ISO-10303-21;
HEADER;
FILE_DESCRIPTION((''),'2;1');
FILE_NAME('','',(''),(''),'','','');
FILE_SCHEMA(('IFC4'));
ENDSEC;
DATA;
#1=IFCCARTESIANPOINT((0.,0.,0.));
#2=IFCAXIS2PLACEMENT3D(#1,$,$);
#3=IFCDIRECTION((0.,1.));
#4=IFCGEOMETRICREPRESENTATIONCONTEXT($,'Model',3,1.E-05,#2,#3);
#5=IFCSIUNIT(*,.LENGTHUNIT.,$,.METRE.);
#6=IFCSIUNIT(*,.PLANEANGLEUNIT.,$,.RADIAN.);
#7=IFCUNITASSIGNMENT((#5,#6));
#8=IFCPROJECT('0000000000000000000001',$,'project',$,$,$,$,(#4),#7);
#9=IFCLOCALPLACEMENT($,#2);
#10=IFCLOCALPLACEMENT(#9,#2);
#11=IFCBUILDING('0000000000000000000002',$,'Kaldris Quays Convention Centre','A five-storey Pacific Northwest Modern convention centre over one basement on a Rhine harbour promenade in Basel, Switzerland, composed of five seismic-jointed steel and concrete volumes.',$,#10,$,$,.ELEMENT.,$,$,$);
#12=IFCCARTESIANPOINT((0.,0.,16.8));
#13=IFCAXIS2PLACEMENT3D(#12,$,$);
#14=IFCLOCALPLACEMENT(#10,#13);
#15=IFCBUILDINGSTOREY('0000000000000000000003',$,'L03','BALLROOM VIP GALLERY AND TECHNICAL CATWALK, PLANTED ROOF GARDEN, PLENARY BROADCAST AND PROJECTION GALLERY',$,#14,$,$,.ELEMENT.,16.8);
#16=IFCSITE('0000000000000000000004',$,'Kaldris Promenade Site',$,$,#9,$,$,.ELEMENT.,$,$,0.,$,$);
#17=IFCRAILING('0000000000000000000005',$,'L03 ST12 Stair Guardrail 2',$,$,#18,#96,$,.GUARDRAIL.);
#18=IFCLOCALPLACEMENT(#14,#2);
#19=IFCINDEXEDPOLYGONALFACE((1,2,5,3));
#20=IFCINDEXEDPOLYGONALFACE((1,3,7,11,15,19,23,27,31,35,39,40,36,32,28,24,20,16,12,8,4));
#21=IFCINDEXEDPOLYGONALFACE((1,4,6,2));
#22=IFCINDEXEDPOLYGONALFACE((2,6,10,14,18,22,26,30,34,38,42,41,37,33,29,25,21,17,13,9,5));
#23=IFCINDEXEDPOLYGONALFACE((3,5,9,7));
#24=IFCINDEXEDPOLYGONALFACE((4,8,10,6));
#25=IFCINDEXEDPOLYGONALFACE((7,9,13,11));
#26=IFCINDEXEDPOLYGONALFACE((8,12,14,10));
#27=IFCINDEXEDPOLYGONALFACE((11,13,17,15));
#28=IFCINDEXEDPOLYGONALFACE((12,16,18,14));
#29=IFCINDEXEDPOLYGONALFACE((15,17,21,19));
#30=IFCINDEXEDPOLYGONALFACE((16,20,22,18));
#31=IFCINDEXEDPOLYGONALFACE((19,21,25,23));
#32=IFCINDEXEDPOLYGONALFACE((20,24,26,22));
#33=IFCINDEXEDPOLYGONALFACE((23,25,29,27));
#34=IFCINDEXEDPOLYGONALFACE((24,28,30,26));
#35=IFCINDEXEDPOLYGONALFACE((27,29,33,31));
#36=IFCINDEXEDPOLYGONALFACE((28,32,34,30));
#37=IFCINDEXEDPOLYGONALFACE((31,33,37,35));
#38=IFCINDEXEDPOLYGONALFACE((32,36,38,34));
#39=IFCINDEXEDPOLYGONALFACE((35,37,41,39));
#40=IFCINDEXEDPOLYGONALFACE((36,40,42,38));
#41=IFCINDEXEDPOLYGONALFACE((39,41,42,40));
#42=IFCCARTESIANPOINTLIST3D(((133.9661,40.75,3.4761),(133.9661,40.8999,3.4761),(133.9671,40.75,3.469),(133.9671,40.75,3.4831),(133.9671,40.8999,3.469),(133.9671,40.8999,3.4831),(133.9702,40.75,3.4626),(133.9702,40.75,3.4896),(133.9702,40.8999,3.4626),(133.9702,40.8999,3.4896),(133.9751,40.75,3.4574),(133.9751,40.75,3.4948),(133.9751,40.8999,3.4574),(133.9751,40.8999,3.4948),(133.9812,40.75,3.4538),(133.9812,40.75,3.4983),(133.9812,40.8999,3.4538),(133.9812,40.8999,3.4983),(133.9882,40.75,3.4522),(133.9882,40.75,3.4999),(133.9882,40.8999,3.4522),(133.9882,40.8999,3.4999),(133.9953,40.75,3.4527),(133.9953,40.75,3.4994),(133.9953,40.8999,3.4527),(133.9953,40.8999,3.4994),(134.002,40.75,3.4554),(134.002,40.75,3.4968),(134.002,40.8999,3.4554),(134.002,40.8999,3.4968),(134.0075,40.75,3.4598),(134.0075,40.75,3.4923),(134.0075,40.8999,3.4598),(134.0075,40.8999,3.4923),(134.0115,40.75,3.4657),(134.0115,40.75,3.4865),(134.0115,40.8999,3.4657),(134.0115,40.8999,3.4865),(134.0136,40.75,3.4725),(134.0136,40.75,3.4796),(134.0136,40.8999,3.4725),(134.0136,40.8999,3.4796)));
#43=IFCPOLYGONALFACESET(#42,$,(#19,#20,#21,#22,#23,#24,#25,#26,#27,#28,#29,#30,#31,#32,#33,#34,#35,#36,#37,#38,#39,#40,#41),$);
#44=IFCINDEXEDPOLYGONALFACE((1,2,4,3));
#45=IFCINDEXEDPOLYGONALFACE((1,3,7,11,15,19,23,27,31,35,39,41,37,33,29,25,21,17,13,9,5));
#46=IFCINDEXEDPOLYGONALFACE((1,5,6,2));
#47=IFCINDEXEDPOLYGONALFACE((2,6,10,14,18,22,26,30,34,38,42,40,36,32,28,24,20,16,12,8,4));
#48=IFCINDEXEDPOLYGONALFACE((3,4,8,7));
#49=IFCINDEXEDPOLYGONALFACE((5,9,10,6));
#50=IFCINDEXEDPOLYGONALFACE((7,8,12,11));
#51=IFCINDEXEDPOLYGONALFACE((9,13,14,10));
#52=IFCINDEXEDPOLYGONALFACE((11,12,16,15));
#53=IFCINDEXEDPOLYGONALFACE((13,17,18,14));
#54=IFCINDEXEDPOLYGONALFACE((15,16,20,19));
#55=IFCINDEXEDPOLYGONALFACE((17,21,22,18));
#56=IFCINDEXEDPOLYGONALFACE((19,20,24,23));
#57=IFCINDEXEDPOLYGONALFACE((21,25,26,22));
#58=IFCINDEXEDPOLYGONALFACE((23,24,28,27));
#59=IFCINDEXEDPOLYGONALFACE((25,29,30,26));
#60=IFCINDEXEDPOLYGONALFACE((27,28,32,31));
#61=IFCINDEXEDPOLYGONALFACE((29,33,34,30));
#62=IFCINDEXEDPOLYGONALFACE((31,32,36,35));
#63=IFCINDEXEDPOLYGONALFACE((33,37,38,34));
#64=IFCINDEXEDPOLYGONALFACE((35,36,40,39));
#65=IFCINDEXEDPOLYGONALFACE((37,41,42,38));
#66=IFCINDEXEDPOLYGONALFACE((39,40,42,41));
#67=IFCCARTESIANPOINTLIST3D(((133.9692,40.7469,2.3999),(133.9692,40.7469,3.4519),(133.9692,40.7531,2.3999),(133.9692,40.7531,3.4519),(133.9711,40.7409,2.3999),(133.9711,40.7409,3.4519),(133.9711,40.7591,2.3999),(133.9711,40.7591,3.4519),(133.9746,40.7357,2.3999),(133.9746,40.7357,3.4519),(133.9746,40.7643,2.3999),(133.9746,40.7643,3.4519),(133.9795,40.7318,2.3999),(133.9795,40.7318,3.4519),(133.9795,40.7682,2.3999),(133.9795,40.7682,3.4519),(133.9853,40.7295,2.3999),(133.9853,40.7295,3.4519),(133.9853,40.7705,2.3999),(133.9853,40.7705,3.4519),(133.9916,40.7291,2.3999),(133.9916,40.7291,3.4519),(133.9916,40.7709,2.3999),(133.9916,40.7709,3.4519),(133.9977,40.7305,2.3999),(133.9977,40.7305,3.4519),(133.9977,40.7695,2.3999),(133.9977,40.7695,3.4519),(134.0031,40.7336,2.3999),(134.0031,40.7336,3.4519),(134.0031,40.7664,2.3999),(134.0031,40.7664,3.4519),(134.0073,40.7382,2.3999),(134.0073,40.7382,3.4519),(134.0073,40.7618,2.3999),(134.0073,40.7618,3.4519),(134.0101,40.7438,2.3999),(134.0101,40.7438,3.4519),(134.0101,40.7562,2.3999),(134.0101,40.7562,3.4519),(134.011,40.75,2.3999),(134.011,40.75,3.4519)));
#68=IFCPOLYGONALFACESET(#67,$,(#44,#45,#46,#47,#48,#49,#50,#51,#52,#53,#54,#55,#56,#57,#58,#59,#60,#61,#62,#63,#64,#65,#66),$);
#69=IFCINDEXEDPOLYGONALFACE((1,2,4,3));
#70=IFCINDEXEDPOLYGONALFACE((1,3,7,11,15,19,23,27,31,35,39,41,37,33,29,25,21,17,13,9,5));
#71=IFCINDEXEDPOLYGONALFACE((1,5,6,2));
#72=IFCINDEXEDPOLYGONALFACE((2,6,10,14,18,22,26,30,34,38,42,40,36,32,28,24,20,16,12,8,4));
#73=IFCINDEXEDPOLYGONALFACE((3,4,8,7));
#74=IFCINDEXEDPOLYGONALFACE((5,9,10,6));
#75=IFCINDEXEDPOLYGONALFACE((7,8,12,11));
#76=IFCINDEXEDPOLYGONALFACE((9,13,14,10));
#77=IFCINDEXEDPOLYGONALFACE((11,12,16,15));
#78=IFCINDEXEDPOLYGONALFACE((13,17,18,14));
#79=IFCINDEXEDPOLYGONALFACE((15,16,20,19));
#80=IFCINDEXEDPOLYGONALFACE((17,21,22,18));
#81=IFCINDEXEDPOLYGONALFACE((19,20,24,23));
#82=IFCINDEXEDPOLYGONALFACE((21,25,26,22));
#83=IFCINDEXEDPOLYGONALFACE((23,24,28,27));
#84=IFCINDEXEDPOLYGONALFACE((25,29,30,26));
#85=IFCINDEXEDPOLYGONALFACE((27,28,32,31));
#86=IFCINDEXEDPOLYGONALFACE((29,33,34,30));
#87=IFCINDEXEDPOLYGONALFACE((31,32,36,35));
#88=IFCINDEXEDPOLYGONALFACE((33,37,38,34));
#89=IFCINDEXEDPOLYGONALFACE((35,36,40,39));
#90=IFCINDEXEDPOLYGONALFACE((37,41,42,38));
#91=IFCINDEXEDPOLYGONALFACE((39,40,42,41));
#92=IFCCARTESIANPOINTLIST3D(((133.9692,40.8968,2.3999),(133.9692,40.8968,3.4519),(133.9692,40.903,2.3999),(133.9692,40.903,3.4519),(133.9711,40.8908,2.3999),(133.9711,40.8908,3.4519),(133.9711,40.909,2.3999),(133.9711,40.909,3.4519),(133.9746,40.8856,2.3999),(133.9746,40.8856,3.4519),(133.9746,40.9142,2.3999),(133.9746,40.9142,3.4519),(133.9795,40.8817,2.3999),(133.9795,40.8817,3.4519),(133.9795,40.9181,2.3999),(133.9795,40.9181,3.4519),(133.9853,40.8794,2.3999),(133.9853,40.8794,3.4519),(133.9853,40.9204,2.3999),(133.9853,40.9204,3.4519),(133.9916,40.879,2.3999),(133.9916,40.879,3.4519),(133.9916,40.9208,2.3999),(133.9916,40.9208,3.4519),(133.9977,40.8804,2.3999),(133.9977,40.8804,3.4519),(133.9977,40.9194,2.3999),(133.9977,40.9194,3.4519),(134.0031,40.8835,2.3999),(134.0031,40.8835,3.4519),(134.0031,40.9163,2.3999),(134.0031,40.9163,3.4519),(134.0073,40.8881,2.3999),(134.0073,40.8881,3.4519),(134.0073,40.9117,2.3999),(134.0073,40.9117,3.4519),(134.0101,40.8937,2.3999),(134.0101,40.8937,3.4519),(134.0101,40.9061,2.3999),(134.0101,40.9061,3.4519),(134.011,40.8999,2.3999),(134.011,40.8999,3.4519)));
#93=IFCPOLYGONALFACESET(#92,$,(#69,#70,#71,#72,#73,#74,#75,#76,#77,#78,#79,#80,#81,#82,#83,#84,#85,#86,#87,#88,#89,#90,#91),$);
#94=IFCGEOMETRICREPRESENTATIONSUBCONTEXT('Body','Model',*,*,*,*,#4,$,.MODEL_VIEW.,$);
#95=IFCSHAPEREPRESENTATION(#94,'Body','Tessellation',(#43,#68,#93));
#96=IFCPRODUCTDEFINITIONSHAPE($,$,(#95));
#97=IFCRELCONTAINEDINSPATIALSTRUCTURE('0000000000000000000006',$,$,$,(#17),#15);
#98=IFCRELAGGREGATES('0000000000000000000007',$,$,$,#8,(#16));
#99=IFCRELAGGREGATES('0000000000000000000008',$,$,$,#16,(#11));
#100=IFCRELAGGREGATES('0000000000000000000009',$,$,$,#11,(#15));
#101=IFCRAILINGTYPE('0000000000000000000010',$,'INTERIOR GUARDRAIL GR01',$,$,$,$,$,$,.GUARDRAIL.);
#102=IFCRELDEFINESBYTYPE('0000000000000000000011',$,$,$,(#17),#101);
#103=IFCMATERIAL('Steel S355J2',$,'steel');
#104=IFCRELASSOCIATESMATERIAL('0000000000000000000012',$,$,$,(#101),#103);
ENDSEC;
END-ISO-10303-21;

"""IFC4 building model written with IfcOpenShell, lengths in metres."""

from ifc_helpers import new_model, si_unit, direction, frame, origin, origin_2d, place, context, subcontext, project, spatial, circle, extrude, material, type_object, element, save


model = new_model("IFC4")

# Units and contexts
model_context = context("Model", 3, precision=1e-05, world=origin(), true_north=direction((0.0, 1.0)))
body_context = subcontext(model_context, "Body", "Model", "MODEL_VIEW")
ifc_project = project(units=[si_unit("LENGTHUNIT", "METRE"), si_unit("PLANEANGLEUNIT", "RADIAN")], contexts=[model_context])

# Site, building, storey
site_placement = place(None, origin())
site = spatial("IfcSite", under=ifc_project, at=site_placement, Name="Kaldris Promenade Site", CompositionType="ELEMENT", RefElevation=0.0)
building_placement = place(site_placement, origin())
building = spatial("IfcBuilding", under=site, at=building_placement, Name="Kaldris Quays Convention Centre", Description="A five-storey Pacific Northwest Modern convention centre over one basement on a Rhine harbour promenade in Basel, Switzerland, composed of five seismic-jointed steel and concrete volumes.", CompositionType="ELEMENT")
storey_placement = place(building_placement, frame((0.0, 0.0, 16.8)))
storey = spatial("IfcBuildingStorey", under=building, at=storey_placement, Name="L03", Description="BALLROOM VIP GALLERY AND TECHNICAL CATWALK, PLANTED ROOF GARDEN, PLENARY BROADCAST AND PROJECTION GALLERY", CompositionType="ELEMENT", Elevation=16.8)

# Shared definitions
ifc_material_1 = material(Name="Steel S355J2", Category="steel")

# Railing
railing_type_1 = type_object("IfcRailingType", Name="INTERIOR GUARDRAIL GR01", PredefinedType="GUARDRAIL", material=ifc_material_1)
railing_placement = place(storey_placement, frame((133.99, 40.75, 2.3999)))
element("IfcRailing", 1, at=railing_placement, inside=storey, type_object=railing_type_1, Name="L03 ST12 Stair Guardrail 2", PredefinedType="GUARDRAIL", context=body_context, shape_type="SweptSolid", body=[
    extrude(circle(Radius=0.0239, at=origin_2d()), frame((0.0, 0.0, 1.0762), z_axis=(0.0, 1.0, 0.0), x_axis=(-1.0, 0.0, 0.0)), (0.0, 0.0, 1.0), 0.1499),
    extrude(circle(Radius=0.021, at=origin_2d()), origin(), (0.0, 0.0, 1.0), 1.052),
    extrude(circle(Radius=0.021, at=origin_2d()), frame((0.0, 0.1499, 0.0)), (0.0, 0.0, 1.0), 1.052),
])

save(model, "model.ifc")
